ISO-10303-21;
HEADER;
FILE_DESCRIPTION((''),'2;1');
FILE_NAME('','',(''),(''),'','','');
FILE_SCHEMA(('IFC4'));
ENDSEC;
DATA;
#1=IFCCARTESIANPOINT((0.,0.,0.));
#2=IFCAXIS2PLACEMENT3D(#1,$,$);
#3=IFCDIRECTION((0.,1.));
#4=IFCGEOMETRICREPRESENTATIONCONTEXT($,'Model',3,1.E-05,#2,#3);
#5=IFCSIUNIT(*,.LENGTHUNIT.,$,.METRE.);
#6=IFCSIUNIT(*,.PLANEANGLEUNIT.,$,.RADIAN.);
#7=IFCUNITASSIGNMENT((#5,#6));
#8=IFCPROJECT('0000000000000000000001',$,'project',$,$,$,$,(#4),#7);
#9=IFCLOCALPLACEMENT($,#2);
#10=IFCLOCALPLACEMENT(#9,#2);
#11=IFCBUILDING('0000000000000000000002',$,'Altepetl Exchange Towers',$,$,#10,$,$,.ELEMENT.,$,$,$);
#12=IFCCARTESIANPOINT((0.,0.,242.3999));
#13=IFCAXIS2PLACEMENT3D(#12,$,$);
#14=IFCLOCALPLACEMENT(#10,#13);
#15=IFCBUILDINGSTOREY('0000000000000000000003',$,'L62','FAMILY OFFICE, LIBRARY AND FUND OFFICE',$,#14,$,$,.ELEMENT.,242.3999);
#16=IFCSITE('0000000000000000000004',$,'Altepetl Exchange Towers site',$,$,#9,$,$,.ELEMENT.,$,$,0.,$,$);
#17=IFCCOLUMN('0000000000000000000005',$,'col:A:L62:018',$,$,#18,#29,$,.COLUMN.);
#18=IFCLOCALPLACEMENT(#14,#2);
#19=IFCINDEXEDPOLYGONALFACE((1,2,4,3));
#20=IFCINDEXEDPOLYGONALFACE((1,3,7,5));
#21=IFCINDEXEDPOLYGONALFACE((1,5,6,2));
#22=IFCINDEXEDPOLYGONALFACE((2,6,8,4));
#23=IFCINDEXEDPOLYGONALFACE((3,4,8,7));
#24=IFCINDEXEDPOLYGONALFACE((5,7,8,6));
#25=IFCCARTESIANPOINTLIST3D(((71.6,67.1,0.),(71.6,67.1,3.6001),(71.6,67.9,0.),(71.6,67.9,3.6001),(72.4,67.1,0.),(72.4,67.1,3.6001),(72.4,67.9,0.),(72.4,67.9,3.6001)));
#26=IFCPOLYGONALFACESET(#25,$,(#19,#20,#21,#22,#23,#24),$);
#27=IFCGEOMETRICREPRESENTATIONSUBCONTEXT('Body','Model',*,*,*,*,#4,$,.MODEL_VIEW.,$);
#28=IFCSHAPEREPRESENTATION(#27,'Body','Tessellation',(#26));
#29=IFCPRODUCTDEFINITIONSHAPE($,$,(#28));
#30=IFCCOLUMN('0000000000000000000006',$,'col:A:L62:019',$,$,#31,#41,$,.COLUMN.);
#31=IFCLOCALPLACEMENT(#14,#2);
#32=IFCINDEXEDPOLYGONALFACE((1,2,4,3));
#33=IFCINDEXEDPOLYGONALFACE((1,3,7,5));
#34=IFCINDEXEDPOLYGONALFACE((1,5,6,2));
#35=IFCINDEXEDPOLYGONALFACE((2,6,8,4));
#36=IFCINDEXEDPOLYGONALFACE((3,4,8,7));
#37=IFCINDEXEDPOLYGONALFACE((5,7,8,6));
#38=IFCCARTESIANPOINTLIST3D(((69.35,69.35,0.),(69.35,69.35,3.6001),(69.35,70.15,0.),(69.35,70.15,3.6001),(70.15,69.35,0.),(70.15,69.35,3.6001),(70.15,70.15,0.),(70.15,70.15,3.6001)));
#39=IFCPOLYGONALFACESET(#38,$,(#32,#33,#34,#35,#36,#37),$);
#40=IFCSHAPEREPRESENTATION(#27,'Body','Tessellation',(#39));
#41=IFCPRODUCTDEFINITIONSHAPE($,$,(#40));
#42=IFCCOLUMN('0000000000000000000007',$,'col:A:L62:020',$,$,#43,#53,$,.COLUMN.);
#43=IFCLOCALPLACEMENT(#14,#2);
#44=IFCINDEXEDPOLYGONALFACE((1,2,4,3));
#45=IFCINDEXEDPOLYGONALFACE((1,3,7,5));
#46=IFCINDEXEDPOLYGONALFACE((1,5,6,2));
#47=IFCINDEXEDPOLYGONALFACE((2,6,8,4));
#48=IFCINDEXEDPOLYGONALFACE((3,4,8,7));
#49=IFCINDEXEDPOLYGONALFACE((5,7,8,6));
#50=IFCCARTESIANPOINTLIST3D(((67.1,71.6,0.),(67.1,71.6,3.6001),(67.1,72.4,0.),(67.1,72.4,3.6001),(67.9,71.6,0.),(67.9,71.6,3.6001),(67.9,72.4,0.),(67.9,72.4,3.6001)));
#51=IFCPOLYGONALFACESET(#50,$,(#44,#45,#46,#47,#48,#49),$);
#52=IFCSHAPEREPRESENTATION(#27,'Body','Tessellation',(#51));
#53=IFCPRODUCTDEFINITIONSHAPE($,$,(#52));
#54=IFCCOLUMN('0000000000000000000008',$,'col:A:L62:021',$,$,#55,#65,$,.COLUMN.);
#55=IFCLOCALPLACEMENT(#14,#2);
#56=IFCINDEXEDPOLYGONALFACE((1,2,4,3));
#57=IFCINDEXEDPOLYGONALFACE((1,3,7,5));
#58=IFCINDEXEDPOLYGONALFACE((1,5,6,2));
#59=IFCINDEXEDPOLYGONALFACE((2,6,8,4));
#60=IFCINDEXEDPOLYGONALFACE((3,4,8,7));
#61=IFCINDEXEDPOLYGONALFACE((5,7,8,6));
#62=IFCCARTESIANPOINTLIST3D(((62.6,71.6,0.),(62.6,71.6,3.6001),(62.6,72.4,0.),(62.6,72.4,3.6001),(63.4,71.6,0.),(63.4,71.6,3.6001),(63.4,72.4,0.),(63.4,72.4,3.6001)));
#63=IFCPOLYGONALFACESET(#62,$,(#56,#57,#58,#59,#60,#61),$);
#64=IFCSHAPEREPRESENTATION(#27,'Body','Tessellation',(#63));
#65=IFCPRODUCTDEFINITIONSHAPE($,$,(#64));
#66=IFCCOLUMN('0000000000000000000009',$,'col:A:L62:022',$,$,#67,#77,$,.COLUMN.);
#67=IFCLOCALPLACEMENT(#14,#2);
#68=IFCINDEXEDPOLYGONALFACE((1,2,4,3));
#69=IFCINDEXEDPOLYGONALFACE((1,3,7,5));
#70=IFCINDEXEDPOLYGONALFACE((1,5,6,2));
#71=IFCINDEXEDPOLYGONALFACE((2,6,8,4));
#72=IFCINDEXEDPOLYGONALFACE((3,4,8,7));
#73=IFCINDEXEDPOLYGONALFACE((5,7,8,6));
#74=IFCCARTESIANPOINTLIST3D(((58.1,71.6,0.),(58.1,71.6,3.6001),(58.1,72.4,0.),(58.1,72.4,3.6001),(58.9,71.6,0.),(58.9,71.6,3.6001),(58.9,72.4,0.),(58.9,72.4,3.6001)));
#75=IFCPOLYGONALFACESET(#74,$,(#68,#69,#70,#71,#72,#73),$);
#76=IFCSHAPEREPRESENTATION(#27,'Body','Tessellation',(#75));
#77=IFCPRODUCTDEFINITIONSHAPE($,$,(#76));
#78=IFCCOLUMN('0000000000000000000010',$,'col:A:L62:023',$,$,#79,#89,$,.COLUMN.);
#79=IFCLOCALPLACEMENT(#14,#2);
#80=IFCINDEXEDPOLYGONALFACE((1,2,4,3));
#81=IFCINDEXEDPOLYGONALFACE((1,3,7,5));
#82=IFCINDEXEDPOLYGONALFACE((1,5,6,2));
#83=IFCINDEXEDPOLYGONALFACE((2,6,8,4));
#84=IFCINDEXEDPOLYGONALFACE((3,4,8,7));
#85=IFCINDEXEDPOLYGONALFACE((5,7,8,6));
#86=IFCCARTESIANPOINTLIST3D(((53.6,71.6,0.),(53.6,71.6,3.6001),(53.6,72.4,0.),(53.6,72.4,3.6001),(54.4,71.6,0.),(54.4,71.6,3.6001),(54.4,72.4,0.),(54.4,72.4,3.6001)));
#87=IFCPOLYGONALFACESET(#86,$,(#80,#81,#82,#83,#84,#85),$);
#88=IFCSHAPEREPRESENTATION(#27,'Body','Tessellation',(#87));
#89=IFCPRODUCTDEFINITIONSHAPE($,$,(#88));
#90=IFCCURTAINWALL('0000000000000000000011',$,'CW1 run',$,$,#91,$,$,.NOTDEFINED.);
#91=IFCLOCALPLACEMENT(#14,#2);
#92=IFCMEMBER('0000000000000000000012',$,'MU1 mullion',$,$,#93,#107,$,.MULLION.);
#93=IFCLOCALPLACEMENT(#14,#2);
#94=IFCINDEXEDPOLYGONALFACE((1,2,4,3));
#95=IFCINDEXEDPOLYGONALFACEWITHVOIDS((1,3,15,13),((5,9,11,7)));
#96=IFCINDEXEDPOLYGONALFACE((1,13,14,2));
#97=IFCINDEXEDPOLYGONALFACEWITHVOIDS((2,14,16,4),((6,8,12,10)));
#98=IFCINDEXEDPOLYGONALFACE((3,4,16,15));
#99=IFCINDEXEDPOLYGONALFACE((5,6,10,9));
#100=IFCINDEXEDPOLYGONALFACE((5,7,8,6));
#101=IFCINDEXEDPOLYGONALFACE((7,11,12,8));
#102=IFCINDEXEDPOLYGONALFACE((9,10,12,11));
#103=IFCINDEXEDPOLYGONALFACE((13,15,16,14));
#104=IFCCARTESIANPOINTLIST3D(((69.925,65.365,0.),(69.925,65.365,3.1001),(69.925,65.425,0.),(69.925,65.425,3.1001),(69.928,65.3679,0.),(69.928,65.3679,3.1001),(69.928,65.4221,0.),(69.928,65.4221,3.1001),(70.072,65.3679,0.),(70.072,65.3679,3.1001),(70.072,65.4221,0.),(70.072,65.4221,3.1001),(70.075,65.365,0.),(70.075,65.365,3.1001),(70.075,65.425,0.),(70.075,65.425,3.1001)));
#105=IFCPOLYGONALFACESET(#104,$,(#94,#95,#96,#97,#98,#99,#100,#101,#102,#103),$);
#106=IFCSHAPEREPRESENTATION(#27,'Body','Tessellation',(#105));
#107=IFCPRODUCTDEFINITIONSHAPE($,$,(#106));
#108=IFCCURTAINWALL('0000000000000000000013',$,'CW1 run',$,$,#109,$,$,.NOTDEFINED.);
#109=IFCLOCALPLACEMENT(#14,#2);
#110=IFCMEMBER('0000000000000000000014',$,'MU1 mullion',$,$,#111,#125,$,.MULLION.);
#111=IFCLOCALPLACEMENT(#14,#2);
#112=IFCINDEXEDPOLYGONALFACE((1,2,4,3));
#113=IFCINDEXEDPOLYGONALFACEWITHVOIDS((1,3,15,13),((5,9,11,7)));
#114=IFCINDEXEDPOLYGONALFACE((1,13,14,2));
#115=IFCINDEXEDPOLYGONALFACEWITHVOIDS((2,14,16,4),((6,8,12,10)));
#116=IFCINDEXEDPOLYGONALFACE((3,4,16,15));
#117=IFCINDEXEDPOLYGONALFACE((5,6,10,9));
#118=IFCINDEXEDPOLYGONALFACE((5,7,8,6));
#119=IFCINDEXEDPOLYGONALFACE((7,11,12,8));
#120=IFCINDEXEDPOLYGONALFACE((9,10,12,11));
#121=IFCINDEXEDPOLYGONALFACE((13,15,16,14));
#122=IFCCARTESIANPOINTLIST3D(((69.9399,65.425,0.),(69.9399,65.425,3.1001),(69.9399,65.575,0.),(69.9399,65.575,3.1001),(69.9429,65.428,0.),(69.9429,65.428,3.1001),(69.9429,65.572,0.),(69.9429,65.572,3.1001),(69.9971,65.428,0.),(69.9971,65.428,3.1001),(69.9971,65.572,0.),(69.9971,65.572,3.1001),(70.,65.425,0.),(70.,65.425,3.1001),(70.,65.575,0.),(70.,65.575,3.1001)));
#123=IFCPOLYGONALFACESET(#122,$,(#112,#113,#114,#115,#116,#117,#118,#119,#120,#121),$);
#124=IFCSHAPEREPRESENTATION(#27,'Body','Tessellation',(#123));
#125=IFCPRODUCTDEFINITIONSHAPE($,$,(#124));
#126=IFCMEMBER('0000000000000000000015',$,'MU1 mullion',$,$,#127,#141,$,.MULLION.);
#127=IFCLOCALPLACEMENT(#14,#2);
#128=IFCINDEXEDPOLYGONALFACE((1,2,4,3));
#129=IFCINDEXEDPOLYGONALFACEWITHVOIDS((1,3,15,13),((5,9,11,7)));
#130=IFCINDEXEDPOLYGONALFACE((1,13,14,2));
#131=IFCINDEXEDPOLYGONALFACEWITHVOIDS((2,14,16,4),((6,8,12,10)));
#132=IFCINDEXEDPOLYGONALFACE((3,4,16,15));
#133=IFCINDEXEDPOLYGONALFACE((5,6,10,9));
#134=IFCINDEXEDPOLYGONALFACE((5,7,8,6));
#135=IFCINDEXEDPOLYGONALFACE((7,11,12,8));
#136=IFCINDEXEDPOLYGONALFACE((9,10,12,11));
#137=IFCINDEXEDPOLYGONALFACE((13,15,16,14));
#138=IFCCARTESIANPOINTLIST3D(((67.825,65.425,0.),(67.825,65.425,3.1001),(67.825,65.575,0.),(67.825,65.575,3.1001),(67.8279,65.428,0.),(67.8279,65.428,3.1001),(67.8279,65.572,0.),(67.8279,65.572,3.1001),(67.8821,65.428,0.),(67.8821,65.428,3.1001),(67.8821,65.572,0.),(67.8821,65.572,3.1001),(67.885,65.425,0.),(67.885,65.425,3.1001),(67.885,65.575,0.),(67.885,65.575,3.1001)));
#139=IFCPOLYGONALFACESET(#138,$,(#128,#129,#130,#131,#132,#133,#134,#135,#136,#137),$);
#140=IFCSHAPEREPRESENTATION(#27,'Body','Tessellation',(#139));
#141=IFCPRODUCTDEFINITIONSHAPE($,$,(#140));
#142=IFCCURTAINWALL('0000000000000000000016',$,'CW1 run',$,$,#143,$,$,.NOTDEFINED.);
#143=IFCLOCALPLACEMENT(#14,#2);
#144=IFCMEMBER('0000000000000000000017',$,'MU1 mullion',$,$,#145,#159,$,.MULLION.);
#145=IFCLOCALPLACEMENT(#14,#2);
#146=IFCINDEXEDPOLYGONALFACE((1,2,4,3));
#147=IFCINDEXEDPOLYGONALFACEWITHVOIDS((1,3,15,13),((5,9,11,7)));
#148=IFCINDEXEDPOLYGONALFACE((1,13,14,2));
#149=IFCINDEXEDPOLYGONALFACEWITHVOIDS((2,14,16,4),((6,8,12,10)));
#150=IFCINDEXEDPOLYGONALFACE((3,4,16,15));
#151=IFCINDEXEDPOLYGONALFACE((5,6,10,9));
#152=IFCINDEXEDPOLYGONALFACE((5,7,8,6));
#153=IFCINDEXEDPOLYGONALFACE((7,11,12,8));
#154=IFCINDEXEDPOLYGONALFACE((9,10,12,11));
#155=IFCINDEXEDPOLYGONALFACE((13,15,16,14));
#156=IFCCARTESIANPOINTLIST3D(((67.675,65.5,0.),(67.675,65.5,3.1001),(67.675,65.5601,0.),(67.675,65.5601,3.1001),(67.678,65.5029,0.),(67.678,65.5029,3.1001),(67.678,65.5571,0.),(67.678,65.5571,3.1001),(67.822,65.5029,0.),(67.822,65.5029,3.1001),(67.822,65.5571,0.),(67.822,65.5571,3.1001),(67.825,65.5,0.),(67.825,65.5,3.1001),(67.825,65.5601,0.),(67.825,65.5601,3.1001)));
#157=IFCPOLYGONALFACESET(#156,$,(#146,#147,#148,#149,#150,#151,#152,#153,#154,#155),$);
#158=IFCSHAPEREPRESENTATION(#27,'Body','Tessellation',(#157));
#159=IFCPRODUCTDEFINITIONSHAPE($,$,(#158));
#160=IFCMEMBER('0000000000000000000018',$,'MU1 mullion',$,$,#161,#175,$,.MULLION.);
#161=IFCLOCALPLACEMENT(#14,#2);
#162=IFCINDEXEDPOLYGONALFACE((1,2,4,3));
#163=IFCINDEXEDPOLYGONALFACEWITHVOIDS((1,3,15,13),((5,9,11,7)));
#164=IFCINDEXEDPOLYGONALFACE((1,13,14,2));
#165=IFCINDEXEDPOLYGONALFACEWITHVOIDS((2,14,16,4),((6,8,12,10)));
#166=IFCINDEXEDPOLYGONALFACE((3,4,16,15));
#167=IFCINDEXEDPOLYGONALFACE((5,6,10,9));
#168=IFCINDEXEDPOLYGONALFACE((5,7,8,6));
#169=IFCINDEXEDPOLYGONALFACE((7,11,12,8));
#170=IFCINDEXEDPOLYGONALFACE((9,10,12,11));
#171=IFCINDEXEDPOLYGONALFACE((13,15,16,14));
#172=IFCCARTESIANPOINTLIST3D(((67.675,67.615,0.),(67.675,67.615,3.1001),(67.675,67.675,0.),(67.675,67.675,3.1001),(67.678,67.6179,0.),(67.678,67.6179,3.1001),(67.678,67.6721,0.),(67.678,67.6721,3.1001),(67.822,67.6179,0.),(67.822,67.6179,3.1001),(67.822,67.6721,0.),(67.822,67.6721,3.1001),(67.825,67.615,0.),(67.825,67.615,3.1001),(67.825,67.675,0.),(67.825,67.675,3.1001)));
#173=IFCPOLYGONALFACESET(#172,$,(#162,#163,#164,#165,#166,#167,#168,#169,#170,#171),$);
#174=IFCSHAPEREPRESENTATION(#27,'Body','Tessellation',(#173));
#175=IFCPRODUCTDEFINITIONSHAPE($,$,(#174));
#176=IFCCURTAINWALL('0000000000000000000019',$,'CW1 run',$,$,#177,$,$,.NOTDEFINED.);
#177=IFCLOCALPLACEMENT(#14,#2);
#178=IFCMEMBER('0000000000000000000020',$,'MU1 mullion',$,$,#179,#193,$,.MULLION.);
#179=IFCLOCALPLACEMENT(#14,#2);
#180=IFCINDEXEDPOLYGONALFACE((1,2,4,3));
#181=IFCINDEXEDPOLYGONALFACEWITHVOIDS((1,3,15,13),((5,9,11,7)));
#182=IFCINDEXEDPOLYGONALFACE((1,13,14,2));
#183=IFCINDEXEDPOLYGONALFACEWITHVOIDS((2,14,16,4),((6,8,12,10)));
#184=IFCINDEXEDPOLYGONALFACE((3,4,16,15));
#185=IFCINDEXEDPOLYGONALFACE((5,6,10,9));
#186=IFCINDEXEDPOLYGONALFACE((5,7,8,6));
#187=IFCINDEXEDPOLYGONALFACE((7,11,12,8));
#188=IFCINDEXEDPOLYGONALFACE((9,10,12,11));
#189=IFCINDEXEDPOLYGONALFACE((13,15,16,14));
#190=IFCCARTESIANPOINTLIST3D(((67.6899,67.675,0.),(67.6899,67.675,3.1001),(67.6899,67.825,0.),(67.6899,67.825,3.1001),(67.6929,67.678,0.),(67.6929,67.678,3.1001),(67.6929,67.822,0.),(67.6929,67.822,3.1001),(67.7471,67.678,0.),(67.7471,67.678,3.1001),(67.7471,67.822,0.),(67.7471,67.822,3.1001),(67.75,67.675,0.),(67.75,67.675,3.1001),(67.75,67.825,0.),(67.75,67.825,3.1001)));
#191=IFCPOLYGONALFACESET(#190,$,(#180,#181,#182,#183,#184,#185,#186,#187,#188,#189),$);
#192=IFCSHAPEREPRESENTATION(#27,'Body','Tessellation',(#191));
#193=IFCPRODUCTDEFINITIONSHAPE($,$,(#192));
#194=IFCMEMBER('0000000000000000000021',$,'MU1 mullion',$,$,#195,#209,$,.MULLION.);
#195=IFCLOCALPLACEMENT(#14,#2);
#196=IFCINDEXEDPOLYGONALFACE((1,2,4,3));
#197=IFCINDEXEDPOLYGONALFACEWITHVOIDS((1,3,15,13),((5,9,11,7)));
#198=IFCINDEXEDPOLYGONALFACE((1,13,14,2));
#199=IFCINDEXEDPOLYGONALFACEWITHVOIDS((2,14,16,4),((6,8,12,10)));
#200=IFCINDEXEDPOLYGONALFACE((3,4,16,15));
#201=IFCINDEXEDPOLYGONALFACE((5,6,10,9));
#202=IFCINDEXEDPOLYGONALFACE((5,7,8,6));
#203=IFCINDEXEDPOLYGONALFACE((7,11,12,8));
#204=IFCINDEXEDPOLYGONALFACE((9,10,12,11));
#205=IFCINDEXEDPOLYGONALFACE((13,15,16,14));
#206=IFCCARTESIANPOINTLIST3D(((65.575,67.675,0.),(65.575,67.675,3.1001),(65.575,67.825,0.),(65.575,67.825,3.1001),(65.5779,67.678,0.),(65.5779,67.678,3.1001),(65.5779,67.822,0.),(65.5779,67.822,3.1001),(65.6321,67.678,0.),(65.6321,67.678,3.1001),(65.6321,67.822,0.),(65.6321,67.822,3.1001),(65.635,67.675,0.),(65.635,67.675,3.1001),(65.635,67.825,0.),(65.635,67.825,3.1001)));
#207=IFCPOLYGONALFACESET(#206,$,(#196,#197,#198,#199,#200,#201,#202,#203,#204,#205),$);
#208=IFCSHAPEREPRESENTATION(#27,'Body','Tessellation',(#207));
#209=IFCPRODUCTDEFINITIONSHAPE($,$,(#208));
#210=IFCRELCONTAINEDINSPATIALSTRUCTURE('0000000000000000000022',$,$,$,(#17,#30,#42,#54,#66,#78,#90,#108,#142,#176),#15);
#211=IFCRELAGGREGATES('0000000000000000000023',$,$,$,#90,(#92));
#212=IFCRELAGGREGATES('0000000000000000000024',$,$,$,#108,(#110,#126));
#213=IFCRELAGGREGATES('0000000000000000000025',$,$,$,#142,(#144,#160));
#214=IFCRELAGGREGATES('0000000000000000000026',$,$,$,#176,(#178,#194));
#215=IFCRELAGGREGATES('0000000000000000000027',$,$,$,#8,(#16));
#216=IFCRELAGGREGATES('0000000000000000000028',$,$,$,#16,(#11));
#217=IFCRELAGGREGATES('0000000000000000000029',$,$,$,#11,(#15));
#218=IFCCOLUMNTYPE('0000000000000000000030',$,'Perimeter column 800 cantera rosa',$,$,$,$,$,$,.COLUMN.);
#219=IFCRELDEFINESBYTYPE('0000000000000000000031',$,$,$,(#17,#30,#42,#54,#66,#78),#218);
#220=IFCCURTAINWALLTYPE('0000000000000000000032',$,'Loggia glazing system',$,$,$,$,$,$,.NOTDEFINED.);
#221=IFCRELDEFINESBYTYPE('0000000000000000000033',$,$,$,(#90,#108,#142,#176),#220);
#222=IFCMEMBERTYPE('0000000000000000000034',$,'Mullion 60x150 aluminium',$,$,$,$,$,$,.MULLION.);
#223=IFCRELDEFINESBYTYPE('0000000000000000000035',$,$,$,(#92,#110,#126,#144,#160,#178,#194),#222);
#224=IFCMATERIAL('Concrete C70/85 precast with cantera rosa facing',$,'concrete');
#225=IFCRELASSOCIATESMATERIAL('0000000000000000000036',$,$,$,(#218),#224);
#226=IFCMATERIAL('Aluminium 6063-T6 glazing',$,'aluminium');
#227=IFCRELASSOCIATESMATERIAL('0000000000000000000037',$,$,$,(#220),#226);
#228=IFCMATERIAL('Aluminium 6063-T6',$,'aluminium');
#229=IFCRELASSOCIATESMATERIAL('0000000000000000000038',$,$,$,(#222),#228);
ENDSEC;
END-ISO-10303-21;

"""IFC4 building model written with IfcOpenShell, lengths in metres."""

from ifc_helpers import new_model, si_unit, direction, frame, origin, origin_2d, place, context, subcontext, project, spatial, rectangle, hollow_rectangle, extrude, material, material_profile, profile_set, type_object, element, aggregate, save


model = new_model("IFC4")

# Units and contexts
model_context = context("Model", 3, precision=1e-05, world=origin(), true_north=direction((0.0, 1.0)))
body_context = subcontext(model_context, "Body", "Model", "MODEL_VIEW")
ifc_project = project(units=[si_unit("LENGTHUNIT", "METRE"), si_unit("PLANEANGLEUNIT", "RADIAN")], contexts=[model_context])

# Site, building, storey
site_placement = place(None, origin())
site = spatial("IfcSite", under=ifc_project, at=site_placement, Name="Altepetl Exchange Towers site", CompositionType="ELEMENT", RefElevation=0.0)
building_placement = place(site_placement, origin())
building = spatial("IfcBuilding", under=site, at=building_placement, Name="Altepetl Exchange Towers", CompositionType="ELEMENT")
storey_placement = place(building_placement, frame((0.0, 0.0, 242.3999)))
storey = spatial("IfcBuildingStorey", under=building, at=storey_placement, Name="L62", Description="FAMILY OFFICE, LIBRARY AND FUND OFFICE", CompositionType="ELEMENT", Elevation=242.3999)

# Columns
ifc_material_1 = material(Name="Concrete C70/85 precast with cantera rosa facing", Category="concrete")
ifc_material_profile_1 = material_profile(ifc_material_1, rectangle(XDim=0.8, YDim=0.8, at=origin_2d()), Name="800 x 800")
ifc_profile_set_1 = profile_set([ifc_material_profile_1], Name="Concrete C70/85 precast with cantera rosa facing")
column_type = type_object("IfcColumnType", Name="Perimeter column 800 cantera rosa", PredefinedType="COLUMN", material=ifc_profile_set_1)
for number, where, name in (
    (1, (72.0, 67.5, 0.0), "col:A:L62:018"),
    (2, (69.75, 69.75, 0.0), "col:A:L62:019"),
    (3, (67.5, 72.0, 0.0), "col:A:L62:020"),
    (4, (63.0, 72.0, 0.0), "col:A:L62:021"),
    (5, (58.5, 72.0, 0.0), "col:A:L62:022"),
    (6, (54.0, 72.0, 0.0), "col:A:L62:023"),
):
    element("IfcColumn", number, at=place(storey_placement, frame(where)), inside=storey, type_object=column_type, Name=name, PredefinedType="COLUMN", context=body_context, shape_type="SweptSolid", body=[
        extrude(rectangle(XDim=0.8, YDim=0.8, at=origin_2d()), origin(), (0.0, 0.0, 1.0), 3.6001),
    ])

# Curtain wall, member
ifc_material_2 = material(Name="Aluminium 6063-T6 glazing", Category="aluminium")
curtain_wall_type = type_object("IfcCurtainWallType", Name="Loggia glazing system", PredefinedType="NOTDEFINED", material=ifc_material_2)
curtain_wall_1_placement = place(storey_placement, origin())
curtain_wall_1 = element("IfcCurtainWall", 7, at=curtain_wall_1_placement, inside=storey, type_object=curtain_wall_type, Name="CW1 run", PredefinedType="NOTDEFINED")
ifc_material_3 = material(Name="Aluminium 6063-T6", Category="aluminium")
ifc_material_profile_2 = material_profile(ifc_material_3, hollow_rectangle(XDim=0.0601, YDim=0.1499, WallThickness=0.0029, at=origin_2d()), Name="Mullion 60x150 aluminium")
ifc_profile_set_2 = profile_set([ifc_material_profile_2], Name="Aluminium 6063-T6")
member_type = type_object("IfcMemberType", Name="Mullion 60x150 aluminium", PredefinedType="MULLION", material=ifc_profile_set_2)
member_1_placement = place(storey_placement, frame((70.0, 65.395, 0.0), z_axis=(0.0, 0.0, 1.0), x_axis=(0.0, 1.0, 0.0)))
member_1 = element("IfcMember", 8, at=member_1_placement, type_object=member_type, Name="MU1 mullion", PredefinedType="MULLION", context=body_context, shape_type="SweptSolid", body=[
    extrude(hollow_rectangle(XDim=0.0601, YDim=0.1499, WallThickness=0.0029, at=origin_2d()), origin(), (0.0, 0.0, 1.0), 3.1001),
])

# Curtain walls, members
curtain_wall_2_placement = place(storey_placement, origin())
curtain_wall_2 = element("IfcCurtainWall", 9, at=curtain_wall_2_placement, inside=storey, type_object=curtain_wall_type, Name="CW1 run", PredefinedType="NOTDEFINED")
member_2_placement = place(storey_placement, frame((69.97, 65.5, 0.0), z_axis=(0.0, 0.0, 1.0), x_axis=(-1.0, 0.0, 0.0)))
member_2 = element("IfcMember", 10, at=member_2_placement, type_object=member_type, Name="MU1 mullion", PredefinedType="MULLION", context=body_context, shape_type="SweptSolid", body=[
    extrude(hollow_rectangle(XDim=0.0601, YDim=0.1499, WallThickness=0.0029, at=origin_2d()), origin(), (0.0, 0.0, 1.0), 3.1001),
])
member_3_placement = place(storey_placement, frame((67.855, 65.5, 0.0), z_axis=(0.0, 0.0, 1.0), x_axis=(-1.0, 0.0, 0.0)))
member_3 = element("IfcMember", 11, at=member_3_placement, type_object=member_type, Name="MU1 mullion", PredefinedType="MULLION", context=body_context, shape_type="SweptSolid", body=[
    extrude(hollow_rectangle(XDim=0.0601, YDim=0.1499, WallThickness=0.0029, at=origin_2d()), origin(), (0.0, 0.0, 1.0), 3.1001),
])
curtain_wall_3_placement = place(storey_placement, origin())
curtain_wall_3 = element("IfcCurtainWall", 12, at=curtain_wall_3_placement, inside=storey, type_object=curtain_wall_type, Name="CW1 run", PredefinedType="NOTDEFINED")
member_4_placement = place(storey_placement, frame((67.75, 65.53, 0.0), z_axis=(0.0, 0.0, 1.0), x_axis=(0.0, 1.0, 0.0)))
member_4 = element("IfcMember", 13, at=member_4_placement, type_object=member_type, Name="MU1 mullion", PredefinedType="MULLION", context=body_context, shape_type="SweptSolid", body=[
    extrude(hollow_rectangle(XDim=0.0601, YDim=0.1499, WallThickness=0.0029, at=origin_2d()), origin(), (0.0, 0.0, 1.0), 3.1001),
])
member_5_placement = place(storey_placement, frame((67.75, 67.645, 0.0), z_axis=(0.0, 0.0, 1.0), x_axis=(0.0, 1.0, 0.0)))
member_5 = element("IfcMember", 14, at=member_5_placement, type_object=member_type, Name="MU1 mullion", PredefinedType="MULLION", context=body_context, shape_type="SweptSolid", body=[
    extrude(hollow_rectangle(XDim=0.0601, YDim=0.1499, WallThickness=0.0029, at=origin_2d()), origin(), (0.0, 0.0, 1.0), 3.1001),
])
curtain_wall_4_placement = place(storey_placement, origin())
curtain_wall_4 = element("IfcCurtainWall", 15, at=curtain_wall_4_placement, inside=storey, type_object=curtain_wall_type, Name="CW1 run", PredefinedType="NOTDEFINED")
member_6_placement = place(storey_placement, frame((67.72, 67.75, 0.0), z_axis=(0.0, 0.0, 1.0), x_axis=(-1.0, 0.0, 0.0)))
member_6 = element("IfcMember", 16, at=member_6_placement, type_object=member_type, Name="MU1 mullion", PredefinedType="MULLION", context=body_context, shape_type="SweptSolid", body=[
    extrude(hollow_rectangle(XDim=0.0601, YDim=0.1499, WallThickness=0.0029, at=origin_2d()), origin(), (0.0, 0.0, 1.0), 3.1001),
])
member_7_placement = place(storey_placement, frame((65.605, 67.75, 0.0), z_axis=(0.0, 0.0, 1.0), x_axis=(-1.0, 0.0, 0.0)))
member_7 = element("IfcMember", 17, at=member_7_placement, type_object=member_type, Name="MU1 mullion", PredefinedType="MULLION", context=body_context, shape_type="SweptSolid", body=[
    extrude(hollow_rectangle(XDim=0.0601, YDim=0.1499, WallThickness=0.0029, at=origin_2d()), origin(), (0.0, 0.0, 1.0), 3.1001),
])

aggregate(curtain_wall_1, [member_1])
aggregate(curtain_wall_2, [member_2, member_3])
aggregate(curtain_wall_3, [member_4, member_5])
aggregate(curtain_wall_4, [member_6, member_7])

save(model, "model.ifc")
